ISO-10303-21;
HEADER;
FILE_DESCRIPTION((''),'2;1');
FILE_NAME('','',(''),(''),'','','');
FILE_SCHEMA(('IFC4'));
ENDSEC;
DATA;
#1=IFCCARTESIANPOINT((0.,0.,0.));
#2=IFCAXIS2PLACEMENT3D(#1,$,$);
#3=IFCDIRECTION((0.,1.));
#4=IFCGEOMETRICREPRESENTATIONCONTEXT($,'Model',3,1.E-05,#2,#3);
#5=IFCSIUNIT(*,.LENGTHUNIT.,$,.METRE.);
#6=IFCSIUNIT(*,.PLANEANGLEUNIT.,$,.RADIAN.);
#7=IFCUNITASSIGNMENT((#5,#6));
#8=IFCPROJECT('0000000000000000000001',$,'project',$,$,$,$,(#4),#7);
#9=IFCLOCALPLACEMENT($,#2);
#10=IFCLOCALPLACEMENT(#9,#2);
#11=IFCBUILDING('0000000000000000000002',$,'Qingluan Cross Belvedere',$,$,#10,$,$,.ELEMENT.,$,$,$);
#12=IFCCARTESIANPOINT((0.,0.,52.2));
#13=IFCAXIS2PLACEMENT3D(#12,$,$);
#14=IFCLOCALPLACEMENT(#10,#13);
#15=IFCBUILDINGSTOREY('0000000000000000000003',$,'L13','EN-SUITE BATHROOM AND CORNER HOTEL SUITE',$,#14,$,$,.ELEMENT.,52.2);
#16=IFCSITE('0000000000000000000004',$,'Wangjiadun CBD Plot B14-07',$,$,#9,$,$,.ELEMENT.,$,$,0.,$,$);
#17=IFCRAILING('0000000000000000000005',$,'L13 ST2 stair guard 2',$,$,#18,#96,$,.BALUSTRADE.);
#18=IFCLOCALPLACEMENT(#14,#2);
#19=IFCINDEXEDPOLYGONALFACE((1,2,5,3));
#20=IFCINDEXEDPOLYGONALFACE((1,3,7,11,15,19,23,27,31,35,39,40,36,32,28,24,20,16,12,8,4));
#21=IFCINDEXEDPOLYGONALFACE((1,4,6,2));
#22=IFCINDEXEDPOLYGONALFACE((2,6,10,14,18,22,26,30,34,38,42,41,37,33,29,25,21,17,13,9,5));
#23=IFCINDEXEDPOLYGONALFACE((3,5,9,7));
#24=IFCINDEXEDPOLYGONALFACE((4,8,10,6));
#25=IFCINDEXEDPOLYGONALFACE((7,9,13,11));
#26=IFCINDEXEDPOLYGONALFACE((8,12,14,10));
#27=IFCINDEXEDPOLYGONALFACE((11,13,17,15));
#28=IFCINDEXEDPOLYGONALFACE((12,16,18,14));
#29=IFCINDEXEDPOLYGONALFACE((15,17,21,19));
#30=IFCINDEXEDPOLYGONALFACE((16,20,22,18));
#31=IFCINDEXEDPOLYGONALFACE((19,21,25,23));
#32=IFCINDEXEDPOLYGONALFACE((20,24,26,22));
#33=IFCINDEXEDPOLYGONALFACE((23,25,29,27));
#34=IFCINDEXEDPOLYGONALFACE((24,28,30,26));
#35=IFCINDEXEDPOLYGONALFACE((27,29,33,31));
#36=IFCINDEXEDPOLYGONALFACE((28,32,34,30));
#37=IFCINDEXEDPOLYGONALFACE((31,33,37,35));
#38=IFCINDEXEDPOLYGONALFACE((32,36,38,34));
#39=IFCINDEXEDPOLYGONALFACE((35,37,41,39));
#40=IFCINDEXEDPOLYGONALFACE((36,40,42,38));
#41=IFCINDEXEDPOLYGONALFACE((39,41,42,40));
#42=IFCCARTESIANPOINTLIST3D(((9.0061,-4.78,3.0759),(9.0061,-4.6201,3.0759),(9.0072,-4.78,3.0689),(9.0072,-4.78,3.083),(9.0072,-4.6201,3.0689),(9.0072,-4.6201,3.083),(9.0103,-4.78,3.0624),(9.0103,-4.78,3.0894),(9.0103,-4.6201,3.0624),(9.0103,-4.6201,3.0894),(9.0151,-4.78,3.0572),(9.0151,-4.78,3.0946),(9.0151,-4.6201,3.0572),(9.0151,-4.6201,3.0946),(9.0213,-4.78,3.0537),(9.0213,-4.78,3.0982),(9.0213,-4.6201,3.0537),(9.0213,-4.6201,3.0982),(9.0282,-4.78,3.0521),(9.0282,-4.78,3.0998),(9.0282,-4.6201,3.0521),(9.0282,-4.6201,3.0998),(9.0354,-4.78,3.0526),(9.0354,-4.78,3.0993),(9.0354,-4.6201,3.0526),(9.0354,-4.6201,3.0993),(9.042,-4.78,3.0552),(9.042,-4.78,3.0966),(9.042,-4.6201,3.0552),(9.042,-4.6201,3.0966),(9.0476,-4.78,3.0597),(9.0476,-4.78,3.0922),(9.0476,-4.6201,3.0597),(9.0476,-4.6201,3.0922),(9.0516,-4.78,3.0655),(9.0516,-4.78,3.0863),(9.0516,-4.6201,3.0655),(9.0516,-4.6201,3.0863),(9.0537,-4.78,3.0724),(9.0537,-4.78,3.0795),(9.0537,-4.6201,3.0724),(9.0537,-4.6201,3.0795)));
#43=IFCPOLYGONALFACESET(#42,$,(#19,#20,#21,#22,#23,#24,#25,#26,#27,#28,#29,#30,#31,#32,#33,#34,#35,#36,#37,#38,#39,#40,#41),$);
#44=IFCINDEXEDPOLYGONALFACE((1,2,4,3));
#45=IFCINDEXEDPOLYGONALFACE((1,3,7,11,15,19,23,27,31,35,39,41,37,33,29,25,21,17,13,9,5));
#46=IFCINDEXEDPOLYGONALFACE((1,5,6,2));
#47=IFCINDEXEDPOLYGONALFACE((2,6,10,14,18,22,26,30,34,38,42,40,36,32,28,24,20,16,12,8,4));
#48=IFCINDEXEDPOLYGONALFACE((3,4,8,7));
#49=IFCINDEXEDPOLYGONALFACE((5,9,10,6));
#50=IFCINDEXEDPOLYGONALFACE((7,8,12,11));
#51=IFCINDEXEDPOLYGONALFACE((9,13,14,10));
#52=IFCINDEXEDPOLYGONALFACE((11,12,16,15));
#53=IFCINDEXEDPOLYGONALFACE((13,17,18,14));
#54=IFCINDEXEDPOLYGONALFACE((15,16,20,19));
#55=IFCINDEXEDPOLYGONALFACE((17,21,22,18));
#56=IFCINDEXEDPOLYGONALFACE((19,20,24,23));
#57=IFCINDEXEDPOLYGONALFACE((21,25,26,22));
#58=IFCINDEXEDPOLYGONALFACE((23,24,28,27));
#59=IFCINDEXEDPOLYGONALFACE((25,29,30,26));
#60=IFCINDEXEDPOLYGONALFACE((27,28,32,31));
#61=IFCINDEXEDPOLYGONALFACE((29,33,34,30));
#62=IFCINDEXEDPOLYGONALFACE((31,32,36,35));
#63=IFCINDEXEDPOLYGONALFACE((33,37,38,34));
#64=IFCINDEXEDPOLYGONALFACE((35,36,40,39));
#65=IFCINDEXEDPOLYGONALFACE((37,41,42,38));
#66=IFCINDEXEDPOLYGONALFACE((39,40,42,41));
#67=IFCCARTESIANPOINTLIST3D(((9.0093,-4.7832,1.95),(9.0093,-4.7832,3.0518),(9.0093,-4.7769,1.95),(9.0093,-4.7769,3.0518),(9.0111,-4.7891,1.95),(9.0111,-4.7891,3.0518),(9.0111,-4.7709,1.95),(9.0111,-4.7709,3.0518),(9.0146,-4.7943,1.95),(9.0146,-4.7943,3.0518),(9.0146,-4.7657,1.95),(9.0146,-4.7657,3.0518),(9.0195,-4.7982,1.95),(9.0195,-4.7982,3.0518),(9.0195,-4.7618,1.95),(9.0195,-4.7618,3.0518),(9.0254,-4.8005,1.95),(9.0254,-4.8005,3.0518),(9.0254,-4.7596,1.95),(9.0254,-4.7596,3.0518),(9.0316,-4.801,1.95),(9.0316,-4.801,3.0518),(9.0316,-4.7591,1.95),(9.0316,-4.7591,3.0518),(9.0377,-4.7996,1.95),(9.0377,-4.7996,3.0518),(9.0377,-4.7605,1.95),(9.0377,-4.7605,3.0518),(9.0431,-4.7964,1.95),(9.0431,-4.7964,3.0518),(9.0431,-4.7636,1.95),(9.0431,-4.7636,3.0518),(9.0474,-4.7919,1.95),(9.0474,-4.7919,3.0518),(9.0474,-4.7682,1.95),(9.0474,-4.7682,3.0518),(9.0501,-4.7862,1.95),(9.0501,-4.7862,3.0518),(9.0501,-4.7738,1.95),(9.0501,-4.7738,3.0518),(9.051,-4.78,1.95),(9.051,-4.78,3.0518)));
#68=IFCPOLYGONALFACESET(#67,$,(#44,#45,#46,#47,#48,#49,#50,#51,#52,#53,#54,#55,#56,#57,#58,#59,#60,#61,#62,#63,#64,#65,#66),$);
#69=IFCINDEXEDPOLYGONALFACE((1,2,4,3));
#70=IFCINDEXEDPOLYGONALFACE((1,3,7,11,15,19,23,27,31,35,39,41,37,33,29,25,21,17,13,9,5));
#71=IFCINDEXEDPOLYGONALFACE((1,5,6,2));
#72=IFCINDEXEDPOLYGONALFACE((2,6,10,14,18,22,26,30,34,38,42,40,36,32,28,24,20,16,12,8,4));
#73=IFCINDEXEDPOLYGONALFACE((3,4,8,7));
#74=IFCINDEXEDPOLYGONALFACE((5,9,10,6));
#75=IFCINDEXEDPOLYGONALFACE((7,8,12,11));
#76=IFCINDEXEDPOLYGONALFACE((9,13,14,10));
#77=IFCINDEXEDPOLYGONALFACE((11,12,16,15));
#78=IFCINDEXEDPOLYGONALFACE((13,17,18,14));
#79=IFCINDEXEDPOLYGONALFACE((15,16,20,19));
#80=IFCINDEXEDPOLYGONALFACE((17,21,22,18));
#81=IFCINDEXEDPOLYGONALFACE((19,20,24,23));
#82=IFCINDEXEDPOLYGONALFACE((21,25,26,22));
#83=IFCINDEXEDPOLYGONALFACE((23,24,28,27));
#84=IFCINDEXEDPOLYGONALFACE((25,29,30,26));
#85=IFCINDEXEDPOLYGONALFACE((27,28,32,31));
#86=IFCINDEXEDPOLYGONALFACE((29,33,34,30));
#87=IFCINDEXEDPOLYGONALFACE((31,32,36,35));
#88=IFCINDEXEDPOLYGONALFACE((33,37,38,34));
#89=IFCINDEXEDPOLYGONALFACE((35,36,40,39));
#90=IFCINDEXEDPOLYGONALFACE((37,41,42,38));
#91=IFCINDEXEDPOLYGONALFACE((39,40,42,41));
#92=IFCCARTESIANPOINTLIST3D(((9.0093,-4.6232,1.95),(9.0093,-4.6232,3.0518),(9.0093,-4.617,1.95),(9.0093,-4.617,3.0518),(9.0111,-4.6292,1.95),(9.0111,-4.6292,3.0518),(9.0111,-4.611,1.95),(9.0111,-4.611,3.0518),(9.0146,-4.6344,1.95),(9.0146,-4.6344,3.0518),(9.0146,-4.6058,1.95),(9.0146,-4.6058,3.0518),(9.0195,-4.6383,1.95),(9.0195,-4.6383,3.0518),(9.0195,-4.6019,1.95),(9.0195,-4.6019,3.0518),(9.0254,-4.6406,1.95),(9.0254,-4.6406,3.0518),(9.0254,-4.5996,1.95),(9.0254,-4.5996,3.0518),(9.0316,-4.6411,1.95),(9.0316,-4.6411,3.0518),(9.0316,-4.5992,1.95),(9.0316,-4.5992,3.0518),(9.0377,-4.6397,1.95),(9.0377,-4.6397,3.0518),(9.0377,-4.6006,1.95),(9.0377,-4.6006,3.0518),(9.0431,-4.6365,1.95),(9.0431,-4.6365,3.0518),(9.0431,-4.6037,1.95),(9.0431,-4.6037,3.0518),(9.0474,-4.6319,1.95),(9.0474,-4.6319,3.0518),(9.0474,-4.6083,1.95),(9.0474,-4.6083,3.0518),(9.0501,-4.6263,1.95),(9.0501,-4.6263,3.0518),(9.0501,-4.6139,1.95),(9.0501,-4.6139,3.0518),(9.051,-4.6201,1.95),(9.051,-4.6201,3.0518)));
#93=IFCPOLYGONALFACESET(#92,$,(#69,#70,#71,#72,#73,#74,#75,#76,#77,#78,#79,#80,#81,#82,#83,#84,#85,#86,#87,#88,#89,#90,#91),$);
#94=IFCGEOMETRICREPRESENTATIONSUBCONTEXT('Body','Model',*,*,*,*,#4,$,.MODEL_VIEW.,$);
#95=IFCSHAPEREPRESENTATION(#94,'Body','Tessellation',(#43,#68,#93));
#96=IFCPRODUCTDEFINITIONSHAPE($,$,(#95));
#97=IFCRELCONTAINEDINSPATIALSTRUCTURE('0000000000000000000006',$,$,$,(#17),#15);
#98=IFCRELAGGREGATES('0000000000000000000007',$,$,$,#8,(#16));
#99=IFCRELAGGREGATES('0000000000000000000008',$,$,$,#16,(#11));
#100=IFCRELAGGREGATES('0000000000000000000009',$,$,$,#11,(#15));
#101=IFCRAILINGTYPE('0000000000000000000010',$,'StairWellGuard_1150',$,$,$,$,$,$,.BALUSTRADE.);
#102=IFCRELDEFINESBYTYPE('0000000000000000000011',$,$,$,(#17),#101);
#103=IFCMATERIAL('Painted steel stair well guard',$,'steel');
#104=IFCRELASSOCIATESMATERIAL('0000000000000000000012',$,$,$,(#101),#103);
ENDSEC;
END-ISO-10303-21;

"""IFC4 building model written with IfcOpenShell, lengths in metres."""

from ifc_helpers import new_model, si_unit, direction, frame, origin, origin_2d, place, context, subcontext, project, spatial, circle, extrude, material, type_object, element, save


model = new_model("IFC4")

# Units and contexts
model_context = context("Model", 3, precision=1e-05, world=origin(), true_north=direction((0.0, 1.0)))
body_context = subcontext(model_context, "Body", "Model", "MODEL_VIEW")
ifc_project = project(units=[si_unit("LENGTHUNIT", "METRE"), si_unit("PLANEANGLEUNIT", "RADIAN")], contexts=[model_context])

# Site, building, storey
site_placement = place(None, origin())
site = spatial("IfcSite", under=ifc_project, at=site_placement, Name="Wangjiadun CBD Plot B14-07", CompositionType="ELEMENT", RefElevation=0.0)
building_placement = place(site_placement, origin())
building = spatial("IfcBuilding", under=site, at=building_placement, Name="Qingluan Cross Belvedere", CompositionType="ELEMENT")
storey_placement = place(building_placement, frame((0.0, 0.0, 52.2)))
storey = spatial("IfcBuildingStorey", under=building, at=storey_placement, Name="L13", Description="EN-SUITE BATHROOM AND CORNER HOTEL SUITE", CompositionType="ELEMENT", Elevation=52.2)

# Railing
ifc_material_1 = material(Name="Painted steel stair well guard", Category="steel")
railing_type_1 = type_object("IfcRailingType", Name="StairWellGuard_1150", PredefinedType="BALUSTRADE", material=ifc_material_1)
railing_1_placement = place(storey_placement, frame((9.03, -4.78, 1.95)))
element("IfcRailing", 1, at=railing_1_placement, inside=storey, type_object=railing_type_1, Name="L13 ST2 stair guard 2", PredefinedType="BALUSTRADE", context=body_context, shape_type="SweptSolid", body=[
    extrude(circle(Radius=0.0239, at=origin_2d()), frame((0.0, 0.0, 1.126), z_axis=(0.0, 1.0, 0.0), x_axis=(-1.0, 0.0, 0.0)), (0.0, 0.0, 1.0), 0.1599),
    extrude(circle(Radius=0.021, at=origin_2d()), origin(), (0.0, 0.0, 1.0), 1.1018),
    extrude(circle(Radius=0.021, at=origin_2d()), frame((0.0, 0.1599, 0.0)), (0.0, 0.0, 1.0), 1.1018),
])

save(model, "model.ifc")
